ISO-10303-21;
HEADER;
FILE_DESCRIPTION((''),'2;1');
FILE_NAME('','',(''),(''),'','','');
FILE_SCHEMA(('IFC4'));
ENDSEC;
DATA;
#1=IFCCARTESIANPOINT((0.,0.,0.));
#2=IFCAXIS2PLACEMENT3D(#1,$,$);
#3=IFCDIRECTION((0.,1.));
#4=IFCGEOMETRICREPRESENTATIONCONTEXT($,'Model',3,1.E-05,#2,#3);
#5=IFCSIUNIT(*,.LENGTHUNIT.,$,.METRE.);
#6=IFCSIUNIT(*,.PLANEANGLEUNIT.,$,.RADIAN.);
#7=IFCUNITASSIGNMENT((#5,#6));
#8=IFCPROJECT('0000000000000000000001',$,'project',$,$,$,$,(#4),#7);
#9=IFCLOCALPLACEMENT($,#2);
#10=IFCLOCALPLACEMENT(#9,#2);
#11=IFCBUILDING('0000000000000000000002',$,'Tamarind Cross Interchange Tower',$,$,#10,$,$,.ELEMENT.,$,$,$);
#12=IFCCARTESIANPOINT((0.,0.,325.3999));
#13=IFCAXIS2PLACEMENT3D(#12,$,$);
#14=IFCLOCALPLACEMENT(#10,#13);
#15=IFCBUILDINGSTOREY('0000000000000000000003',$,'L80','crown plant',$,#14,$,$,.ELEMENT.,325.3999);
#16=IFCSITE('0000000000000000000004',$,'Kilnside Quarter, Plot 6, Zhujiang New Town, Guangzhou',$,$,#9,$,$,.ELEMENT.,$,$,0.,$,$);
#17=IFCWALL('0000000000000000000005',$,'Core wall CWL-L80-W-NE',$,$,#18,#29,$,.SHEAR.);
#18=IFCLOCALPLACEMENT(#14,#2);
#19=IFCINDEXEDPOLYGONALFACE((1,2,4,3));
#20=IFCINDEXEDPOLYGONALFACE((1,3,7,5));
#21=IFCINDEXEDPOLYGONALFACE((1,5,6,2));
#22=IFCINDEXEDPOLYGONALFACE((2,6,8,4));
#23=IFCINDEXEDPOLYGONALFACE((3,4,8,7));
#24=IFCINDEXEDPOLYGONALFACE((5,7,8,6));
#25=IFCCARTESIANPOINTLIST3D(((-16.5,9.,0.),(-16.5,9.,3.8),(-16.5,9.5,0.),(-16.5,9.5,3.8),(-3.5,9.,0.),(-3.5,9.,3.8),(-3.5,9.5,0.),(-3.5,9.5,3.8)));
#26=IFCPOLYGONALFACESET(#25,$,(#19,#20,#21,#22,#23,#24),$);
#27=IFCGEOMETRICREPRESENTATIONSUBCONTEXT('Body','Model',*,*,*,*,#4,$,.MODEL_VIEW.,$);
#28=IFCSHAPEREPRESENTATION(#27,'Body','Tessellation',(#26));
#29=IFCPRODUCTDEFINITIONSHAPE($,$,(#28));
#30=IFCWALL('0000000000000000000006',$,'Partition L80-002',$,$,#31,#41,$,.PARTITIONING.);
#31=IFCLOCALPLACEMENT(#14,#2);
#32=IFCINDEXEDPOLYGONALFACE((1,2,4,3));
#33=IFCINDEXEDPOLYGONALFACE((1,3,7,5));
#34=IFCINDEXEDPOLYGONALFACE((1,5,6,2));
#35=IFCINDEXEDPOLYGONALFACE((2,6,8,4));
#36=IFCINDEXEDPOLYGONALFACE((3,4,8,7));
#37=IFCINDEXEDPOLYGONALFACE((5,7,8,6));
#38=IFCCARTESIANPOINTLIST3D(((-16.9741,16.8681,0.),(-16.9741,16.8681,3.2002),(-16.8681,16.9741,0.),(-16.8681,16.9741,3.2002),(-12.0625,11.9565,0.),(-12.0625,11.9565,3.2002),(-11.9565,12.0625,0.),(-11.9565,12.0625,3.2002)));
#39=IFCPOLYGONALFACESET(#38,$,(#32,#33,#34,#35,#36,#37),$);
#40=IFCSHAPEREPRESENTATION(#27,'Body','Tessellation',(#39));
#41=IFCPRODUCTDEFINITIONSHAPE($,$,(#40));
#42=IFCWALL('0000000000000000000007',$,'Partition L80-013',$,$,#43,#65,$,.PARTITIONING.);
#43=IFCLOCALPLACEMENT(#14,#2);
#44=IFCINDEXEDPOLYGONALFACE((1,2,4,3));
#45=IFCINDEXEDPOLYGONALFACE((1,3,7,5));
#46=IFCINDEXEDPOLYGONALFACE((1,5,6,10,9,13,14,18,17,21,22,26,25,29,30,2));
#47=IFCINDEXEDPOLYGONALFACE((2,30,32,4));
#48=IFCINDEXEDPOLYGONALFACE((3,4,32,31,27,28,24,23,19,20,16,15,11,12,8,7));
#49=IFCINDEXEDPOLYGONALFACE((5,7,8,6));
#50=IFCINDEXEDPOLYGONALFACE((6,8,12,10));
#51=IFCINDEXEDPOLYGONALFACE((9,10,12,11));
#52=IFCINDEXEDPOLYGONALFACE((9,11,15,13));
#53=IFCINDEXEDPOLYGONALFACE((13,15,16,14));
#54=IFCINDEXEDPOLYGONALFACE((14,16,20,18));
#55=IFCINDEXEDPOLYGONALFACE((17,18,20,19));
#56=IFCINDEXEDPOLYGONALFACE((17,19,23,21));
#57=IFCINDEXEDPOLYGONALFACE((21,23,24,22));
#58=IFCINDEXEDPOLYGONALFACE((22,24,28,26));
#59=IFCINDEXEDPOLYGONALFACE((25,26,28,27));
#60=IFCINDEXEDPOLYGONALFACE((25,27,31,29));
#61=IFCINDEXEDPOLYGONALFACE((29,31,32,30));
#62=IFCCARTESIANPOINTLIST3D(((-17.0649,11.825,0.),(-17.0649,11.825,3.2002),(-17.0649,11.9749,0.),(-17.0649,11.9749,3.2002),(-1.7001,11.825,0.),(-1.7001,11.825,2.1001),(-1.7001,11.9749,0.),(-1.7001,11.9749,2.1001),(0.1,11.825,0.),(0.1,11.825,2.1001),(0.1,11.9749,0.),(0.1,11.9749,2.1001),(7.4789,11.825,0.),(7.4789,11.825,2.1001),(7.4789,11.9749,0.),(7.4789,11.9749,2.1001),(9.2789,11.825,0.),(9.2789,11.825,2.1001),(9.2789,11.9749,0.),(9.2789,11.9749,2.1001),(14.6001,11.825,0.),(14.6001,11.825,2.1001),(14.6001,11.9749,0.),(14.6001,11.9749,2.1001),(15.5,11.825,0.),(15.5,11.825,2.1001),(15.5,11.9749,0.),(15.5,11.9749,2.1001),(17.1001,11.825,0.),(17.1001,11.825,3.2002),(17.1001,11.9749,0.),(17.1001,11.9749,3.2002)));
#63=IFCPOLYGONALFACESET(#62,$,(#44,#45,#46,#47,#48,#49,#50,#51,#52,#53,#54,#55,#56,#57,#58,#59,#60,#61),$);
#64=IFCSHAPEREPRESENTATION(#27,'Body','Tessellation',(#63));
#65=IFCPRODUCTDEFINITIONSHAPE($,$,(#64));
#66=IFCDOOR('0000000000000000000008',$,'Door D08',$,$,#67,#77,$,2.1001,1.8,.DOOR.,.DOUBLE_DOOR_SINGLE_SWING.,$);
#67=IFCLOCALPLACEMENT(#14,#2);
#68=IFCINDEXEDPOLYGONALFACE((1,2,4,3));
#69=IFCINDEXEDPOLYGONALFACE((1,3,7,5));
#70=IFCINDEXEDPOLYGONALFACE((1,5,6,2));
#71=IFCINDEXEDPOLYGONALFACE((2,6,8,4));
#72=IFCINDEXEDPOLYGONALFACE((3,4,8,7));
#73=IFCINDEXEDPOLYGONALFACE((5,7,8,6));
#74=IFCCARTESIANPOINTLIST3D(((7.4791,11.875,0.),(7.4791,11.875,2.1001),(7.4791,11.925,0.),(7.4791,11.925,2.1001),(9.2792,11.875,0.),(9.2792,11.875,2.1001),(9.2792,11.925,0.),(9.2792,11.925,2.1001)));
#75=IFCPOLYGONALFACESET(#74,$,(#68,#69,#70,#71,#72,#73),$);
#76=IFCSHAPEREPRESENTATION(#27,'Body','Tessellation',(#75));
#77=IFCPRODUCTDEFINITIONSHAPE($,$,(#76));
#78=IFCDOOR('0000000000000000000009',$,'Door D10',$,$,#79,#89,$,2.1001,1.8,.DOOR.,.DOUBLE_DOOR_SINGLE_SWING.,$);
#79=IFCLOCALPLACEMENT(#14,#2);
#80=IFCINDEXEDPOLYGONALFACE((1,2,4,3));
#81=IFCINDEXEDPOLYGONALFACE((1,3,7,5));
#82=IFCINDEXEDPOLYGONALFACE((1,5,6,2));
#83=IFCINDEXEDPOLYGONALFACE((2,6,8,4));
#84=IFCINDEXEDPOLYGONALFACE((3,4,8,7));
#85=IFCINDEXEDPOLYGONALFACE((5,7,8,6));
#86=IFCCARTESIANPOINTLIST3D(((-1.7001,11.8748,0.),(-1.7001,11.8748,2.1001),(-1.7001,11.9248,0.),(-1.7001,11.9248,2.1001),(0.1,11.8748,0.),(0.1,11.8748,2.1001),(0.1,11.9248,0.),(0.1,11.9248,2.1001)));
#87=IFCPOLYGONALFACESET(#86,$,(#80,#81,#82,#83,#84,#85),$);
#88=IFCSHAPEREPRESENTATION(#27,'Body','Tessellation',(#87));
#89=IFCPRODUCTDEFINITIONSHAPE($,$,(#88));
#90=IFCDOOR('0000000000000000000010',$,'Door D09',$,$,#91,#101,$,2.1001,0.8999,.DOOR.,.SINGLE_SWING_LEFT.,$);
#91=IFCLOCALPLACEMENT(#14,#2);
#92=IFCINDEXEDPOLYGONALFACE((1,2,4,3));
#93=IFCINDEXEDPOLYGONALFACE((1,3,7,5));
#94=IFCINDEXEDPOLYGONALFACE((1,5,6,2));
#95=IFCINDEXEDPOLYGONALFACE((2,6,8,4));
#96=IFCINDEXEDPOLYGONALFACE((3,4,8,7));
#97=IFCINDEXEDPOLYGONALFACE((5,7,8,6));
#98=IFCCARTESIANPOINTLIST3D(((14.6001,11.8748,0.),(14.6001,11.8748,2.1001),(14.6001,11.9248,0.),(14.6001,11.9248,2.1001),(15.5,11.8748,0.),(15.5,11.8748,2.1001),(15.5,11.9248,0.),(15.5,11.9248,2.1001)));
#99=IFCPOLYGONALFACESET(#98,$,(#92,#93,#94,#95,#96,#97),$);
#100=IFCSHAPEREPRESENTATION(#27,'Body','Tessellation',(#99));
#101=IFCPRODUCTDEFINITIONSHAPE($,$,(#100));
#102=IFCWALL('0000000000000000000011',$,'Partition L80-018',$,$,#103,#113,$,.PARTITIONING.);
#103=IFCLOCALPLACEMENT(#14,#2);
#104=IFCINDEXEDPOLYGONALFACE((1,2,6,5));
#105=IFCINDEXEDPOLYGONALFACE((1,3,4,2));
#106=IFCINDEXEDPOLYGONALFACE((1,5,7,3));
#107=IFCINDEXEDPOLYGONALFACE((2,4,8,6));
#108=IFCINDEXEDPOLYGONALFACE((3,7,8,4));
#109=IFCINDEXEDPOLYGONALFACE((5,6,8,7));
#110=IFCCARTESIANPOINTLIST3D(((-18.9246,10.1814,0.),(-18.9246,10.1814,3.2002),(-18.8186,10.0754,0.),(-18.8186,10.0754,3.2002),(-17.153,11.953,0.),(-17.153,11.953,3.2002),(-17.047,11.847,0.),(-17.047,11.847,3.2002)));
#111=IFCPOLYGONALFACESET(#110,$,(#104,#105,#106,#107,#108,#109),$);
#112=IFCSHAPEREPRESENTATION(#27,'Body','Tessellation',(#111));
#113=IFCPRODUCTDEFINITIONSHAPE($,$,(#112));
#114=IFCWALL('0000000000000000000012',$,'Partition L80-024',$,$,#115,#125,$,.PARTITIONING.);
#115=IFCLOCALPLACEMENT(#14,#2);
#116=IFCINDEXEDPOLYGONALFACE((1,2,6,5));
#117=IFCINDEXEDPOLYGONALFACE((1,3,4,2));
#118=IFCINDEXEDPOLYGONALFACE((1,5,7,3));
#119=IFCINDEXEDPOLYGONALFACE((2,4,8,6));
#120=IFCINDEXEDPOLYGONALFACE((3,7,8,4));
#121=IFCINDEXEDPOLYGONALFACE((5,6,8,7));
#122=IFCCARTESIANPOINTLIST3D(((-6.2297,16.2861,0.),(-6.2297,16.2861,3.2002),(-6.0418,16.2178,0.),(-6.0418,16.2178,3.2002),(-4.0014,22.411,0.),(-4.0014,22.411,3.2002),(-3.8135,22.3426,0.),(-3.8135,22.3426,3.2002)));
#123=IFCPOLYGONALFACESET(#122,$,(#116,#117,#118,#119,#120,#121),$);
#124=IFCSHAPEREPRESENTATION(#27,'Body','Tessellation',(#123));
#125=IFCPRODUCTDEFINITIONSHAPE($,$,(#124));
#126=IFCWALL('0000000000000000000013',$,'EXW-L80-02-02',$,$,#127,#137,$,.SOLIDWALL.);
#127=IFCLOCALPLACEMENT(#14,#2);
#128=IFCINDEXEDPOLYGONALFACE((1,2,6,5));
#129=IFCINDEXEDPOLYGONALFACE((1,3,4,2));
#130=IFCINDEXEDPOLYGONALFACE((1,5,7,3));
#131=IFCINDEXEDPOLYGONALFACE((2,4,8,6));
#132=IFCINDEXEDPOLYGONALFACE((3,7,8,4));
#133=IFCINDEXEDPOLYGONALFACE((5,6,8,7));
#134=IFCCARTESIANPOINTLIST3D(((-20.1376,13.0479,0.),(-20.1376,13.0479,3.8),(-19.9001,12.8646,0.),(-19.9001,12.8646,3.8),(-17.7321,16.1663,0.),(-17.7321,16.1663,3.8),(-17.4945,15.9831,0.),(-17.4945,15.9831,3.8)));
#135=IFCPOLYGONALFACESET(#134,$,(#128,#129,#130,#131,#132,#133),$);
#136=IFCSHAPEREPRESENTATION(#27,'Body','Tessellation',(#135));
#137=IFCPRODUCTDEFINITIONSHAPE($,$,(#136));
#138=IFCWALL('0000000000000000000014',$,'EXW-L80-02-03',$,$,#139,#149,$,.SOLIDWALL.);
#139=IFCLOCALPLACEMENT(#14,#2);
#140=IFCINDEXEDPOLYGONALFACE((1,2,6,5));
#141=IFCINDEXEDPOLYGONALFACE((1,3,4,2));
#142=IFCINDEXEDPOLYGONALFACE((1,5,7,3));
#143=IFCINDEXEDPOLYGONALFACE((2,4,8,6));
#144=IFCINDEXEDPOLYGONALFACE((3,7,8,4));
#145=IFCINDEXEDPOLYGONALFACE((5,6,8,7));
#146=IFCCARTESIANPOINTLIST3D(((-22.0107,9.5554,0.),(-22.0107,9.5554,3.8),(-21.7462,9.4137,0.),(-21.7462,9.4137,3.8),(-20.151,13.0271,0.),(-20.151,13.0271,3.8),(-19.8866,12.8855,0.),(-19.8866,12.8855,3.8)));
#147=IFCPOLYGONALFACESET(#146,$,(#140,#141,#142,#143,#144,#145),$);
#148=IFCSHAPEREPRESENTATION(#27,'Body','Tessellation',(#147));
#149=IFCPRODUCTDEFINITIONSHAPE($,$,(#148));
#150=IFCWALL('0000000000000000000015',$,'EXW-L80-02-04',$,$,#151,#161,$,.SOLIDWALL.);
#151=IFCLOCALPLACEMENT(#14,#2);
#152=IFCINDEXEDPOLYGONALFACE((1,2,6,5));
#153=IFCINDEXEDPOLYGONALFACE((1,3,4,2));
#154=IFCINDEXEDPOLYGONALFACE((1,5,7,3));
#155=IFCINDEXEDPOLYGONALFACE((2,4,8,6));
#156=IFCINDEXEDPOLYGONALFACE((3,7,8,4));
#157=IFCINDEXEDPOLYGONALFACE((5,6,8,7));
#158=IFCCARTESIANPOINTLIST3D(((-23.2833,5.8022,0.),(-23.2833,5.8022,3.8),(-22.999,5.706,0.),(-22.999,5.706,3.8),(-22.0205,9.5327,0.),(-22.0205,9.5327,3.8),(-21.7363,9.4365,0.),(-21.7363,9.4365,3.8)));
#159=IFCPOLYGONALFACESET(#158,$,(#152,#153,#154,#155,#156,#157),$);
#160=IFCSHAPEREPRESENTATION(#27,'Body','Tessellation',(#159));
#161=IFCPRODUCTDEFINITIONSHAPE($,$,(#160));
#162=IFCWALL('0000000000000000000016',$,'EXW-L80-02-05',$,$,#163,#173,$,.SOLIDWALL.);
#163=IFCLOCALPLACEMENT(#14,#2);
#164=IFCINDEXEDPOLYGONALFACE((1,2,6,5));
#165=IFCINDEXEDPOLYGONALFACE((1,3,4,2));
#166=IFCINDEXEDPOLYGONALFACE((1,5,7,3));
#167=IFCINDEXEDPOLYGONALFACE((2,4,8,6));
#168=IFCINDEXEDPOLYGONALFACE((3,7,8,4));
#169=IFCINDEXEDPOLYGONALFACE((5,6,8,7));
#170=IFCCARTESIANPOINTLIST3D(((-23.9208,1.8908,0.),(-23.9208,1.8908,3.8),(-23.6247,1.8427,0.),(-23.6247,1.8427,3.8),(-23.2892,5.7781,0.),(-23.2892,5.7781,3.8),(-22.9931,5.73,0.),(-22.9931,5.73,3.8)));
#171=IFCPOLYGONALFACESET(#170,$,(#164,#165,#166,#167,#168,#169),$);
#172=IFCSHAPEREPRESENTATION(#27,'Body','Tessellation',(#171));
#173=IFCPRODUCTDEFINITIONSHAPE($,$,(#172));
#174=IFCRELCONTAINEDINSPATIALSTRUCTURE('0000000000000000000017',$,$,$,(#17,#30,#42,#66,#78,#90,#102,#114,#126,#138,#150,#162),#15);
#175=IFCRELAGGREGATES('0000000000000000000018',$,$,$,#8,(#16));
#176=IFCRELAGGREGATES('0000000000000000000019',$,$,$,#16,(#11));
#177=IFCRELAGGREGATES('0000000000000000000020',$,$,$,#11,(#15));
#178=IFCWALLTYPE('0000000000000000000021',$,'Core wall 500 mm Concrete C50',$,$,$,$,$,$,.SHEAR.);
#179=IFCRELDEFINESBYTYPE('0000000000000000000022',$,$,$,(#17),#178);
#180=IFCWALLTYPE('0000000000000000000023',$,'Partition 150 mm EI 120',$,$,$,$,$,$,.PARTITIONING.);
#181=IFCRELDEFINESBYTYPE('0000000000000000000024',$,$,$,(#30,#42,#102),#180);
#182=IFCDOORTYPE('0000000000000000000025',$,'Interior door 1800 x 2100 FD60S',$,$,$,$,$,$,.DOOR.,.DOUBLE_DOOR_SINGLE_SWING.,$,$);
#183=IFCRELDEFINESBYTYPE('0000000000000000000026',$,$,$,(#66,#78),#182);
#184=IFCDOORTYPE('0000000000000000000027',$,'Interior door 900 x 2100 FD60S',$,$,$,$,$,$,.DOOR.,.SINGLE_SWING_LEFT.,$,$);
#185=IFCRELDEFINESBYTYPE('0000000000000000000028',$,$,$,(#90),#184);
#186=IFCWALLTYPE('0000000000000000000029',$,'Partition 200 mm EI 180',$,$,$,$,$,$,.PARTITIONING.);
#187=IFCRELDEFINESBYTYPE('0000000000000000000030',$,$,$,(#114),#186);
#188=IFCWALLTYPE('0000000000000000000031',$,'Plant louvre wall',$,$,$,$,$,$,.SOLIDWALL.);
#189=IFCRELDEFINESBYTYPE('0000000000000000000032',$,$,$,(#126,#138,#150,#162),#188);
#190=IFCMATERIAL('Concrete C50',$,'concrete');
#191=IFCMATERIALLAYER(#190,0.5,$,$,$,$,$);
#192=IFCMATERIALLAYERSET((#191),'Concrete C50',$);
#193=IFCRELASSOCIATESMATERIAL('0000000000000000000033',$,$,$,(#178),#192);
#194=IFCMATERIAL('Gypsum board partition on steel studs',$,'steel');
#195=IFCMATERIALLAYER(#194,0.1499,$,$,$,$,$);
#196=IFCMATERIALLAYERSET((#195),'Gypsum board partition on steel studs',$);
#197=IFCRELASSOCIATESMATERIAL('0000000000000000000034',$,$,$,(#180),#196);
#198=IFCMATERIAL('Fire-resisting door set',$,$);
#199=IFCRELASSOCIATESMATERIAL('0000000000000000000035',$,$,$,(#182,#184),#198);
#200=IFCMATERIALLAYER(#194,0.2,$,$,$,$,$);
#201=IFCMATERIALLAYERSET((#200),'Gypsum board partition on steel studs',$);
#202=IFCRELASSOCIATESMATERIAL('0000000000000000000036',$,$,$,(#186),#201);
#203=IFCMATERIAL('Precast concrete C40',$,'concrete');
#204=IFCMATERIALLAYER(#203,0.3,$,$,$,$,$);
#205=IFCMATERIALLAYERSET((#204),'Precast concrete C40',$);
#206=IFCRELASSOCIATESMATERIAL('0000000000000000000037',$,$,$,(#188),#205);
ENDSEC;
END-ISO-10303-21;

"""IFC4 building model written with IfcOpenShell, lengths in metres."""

from ifc_helpers import new_model, si_unit, direction, frame, frame_2d, origin, place, context, subcontext, project, spatial, rectangle, extrude, material, layer, layer_set, type_object, element, fill, save


model = new_model("IFC4")

# Units and contexts
model_context = context("Model", 3, precision=1e-05, world=origin(), true_north=direction((0.0, 1.0)))
body_context = subcontext(model_context, "Body", "Model", "MODEL_VIEW")
ifc_project = project(units=[si_unit("LENGTHUNIT", "METRE"), si_unit("PLANEANGLEUNIT", "RADIAN")], contexts=[model_context])

# Site, building, storey
site_placement = place(None, origin())
site = spatial("IfcSite", under=ifc_project, at=site_placement, Name="Kilnside Quarter, Plot 6, Zhujiang New Town, Guangzhou", CompositionType="ELEMENT", RefElevation=0.0)
building_placement = place(site_placement, origin())
building = spatial("IfcBuilding", under=site, at=building_placement, Name="Tamarind Cross Interchange Tower", CompositionType="ELEMENT")
storey_placement = place(building_placement, frame((0.0, 0.0, 325.3999)))
storey = spatial("IfcBuildingStorey", under=building, at=storey_placement, Name="L80", Description="crown plant", CompositionType="ELEMENT", Elevation=325.3999)

# Walls
ifc_material_1 = material(Name="Concrete C50", Category="concrete")
ifc_layer_1 = layer(ifc_material_1, 0.5)
ifc_layer_set_1 = layer_set([ifc_layer_1], Name="Concrete C50")
wall_type_1 = type_object("IfcWallType", Name="Core wall 500 mm Concrete C50", PredefinedType="SHEAR", material=ifc_layer_set_1)
wall_1_placement = place(storey_placement, frame((-16.5, 9.25, 0.0), z_axis=(0.0, 0.0, 1.0), x_axis=(1.0, 0.0, 0.0)))
element("IfcWall", 1, at=wall_1_placement, inside=storey, type_object=wall_type_1, Name="Core wall CWL-L80-W-NE", PredefinedType="SHEAR", context=body_context, shape_type="SweptSolid", body=[
    extrude(rectangle(XDim=13.0, YDim=0.5, at=frame_2d((6.5, 0.0))), origin(), (0.0, 0.0, 1.0), 3.8),
])
ifc_material_2 = material(Name="Gypsum board partition on steel studs", Category="steel")
ifc_layer_2 = layer(ifc_material_2, 0.1499)
ifc_layer_set_2 = layer_set([ifc_layer_2], Name="Gypsum board partition on steel studs")
wall_type_2 = type_object("IfcWallType", Name="Partition 150 mm EI 120", PredefinedType="PARTITIONING", material=ifc_layer_set_2)
wall_2_placement = place(storey_placement, frame((-16.9211, 16.9211, 0.0), z_axis=(0.0, 0.0, 1.0), x_axis=(0.707107, -0.707107, 0.0)))
element("IfcWall", 2, at=wall_2_placement, inside=storey, type_object=wall_type_2, Name="Partition L80-002", PredefinedType="PARTITIONING", context=body_context, shape_type="SweptSolid", body=[
    extrude(rectangle(XDim=6.946, YDim=0.1499, at=frame_2d((3.4731, 0.0))), origin(), (0.0, 0.0, 1.0), 3.2002),
])

# Wall, openings, doors
wall_3_placement = place(storey_placement, frame((-17.0649, 11.8999, 0.0), z_axis=(0.0, 0.0, 1.0), x_axis=(1.0, 0.0, 0.0)))
wall_3 = element("IfcWall", 3, at=wall_3_placement, inside=storey, type_object=wall_type_2, Name="Partition L80-013", PredefinedType="PARTITIONING", context=body_context, shape_type="SweptSolid", body=[
    extrude(rectangle(XDim=34.165, YDim=0.1499, at=frame_2d((17.0825, 0.0))), origin(), (0.0, 0.0, 1.0), 3.2002),
])
opening_1_placement = place(wall_3_placement, frame((24.5439, 0.0, 0.0)))
opening_1 = element("IfcOpeningElement", 4, at=opening_1_placement, cuts=wall_3, PredefinedType="OPENING", context=body_context, shape_type="SweptSolid", body=[
    extrude(rectangle(XDim=1.8, YDim=2.1001, at=frame_2d((0.8999, 1.05))), frame((0.0, 0.085, 0.0), z_axis=(0.0, -1.0, 0.0), x_axis=(1.0, 0.0, 0.0)), (0.0, 0.0, 1.0), 0.1699),
])
opening_2_placement = place(wall_3_placement, frame((31.665, 0.0, 0.0)))
opening_2 = element("IfcOpeningElement", 5, at=opening_2_placement, cuts=wall_3, PredefinedType="OPENING", context=body_context, shape_type="SweptSolid", body=[
    extrude(rectangle(XDim=0.8999, YDim=2.1001, at=frame_2d((0.45, 1.05))), frame((0.0, 0.085, 0.0), z_axis=(0.0, -1.0, 0.0), x_axis=(1.0, 0.0, 0.0)), (0.0, 0.0, 1.0), 0.1699),
])
opening_3_placement = place(wall_3_placement, frame((15.365, 0.0, 0.0)))
opening_3 = element("IfcOpeningElement", 6, at=opening_3_placement, cuts=wall_3, PredefinedType="OPENING", context=body_context, shape_type="SweptSolid", body=[
    extrude(rectangle(XDim=1.8, YDim=2.1001, at=frame_2d((0.8999, 1.05))), frame((0.0, 0.085, 0.0), z_axis=(0.0, -1.0, 0.0), x_axis=(1.0, 0.0, 0.0)), (0.0, 0.0, 1.0), 0.1699),
])
ifc_material_3 = material(Name="Fire-resisting door set")
door_type_1 = type_object("IfcDoorType", Name="Interior door 1800 x 2100 FD60S", OperationType="DOUBLE_DOOR_SINGLE_SWING", PredefinedType="DOOR", material=ifc_material_3)
door_1_placement = place(opening_1_placement, frame((1.8, 0.0, 0.0), z_axis=(0.0, 0.0, 1.0), x_axis=(-1.0, 0.0, 0.0)))
door_1 = element("IfcDoor", 7, at=door_1_placement, inside=storey, type_object=door_type_1, Name="Door D08", OperationType="DOUBLE_DOOR_SINGLE_SWING", OverallHeight=2.1001, OverallWidth=1.8, PredefinedType="DOOR", context=body_context, shape_type="SweptSolid", body=[
    extrude(rectangle(XDim=1.8, YDim=2.1001, at=frame_2d((0.8999, 1.05))), frame((0.0, 0.0249, 0.0), z_axis=(0.0, -1.0, 0.0), x_axis=(1.0, 0.0, 0.0)), (0.0, 0.0, 1.0), 0.05),
])
fill(opening_1, door_1)
door_2_placement = place(opening_3_placement, origin())
door_2 = element("IfcDoor", 8, at=door_2_placement, inside=storey, type_object=door_type_1, Name="Door D10", OperationType="DOUBLE_DOOR_SINGLE_SWING", OverallHeight=2.1001, OverallWidth=1.8, PredefinedType="DOOR", context=body_context, shape_type="SweptSolid", body=[
    extrude(rectangle(XDim=1.8, YDim=2.1001, at=frame_2d((0.8999, 1.05))), frame((0.0, 0.0249, 0.0), z_axis=(0.0, -1.0, 0.0), x_axis=(1.0, 0.0, 0.0)), (0.0, 0.0, 1.0), 0.05),
])
fill(opening_3, door_2)
door_type_2 = type_object("IfcDoorType", Name="Interior door 900 x 2100 FD60S", OperationType="SINGLE_SWING_LEFT", PredefinedType="DOOR", material=ifc_material_3)
door_3_placement = place(opening_2_placement, origin())
door_3 = element("IfcDoor", 9, at=door_3_placement, inside=storey, type_object=door_type_2, Name="Door D09", OperationType="SINGLE_SWING_LEFT", OverallHeight=2.1001, OverallWidth=0.8999, PredefinedType="DOOR", context=body_context, shape_type="SweptSolid", body=[
    extrude(rectangle(XDim=0.8999, YDim=2.1001, at=frame_2d((0.45, 1.05))), frame((0.0, 0.0249, 0.0), z_axis=(0.0, -1.0, 0.0), x_axis=(1.0, 0.0, 0.0)), (0.0, 0.0, 1.0), 0.05),
])
fill(opening_2, door_3)

# Walls
wall_4_placement = place(storey_placement, frame((-18.8716, 10.1284, 0.0), z_axis=(0.0, 0.0, 1.0), x_axis=(0.707107, 0.707107, 0.0)))
element("IfcWall", 10, at=wall_4_placement, inside=storey, type_object=wall_type_2, Name="Partition L80-018", PredefinedType="PARTITIONING", context=body_context, shape_type="SweptSolid", body=[
    extrude(rectangle(XDim=2.5054, YDim=0.1499, at=frame_2d((1.2527, 0.0))), origin(), (0.0, 0.0, 1.0), 3.2002),
])
ifc_layer_3 = layer(ifc_material_2, 0.2)
ifc_layer_set_3 = layer_set([ifc_layer_3], Name="Gypsum board partition on steel studs")
wall_type_3 = type_object("IfcWallType", Name="Partition 200 mm EI 180", PredefinedType="PARTITIONING", material=ifc_layer_set_3)
wall_5_placement = place(storey_placement, frame((-6.1357, 16.252, 0.0), z_axis=(0.0, 0.0, 1.0), x_axis=(0.34189, 0.93974, 0.0)))
element("IfcWall", 11, at=wall_5_placement, inside=storey, type_object=wall_type_3, Name="Partition L80-024", PredefinedType="PARTITIONING", context=body_context, shape_type="SweptSolid", body=[
    extrude(rectangle(XDim=6.5176, YDim=0.2, at=frame_2d((3.2588, 0.0))), origin(), (0.0, 0.0, 1.0), 3.2002),
])
ifc_material_4 = material(Name="Precast concrete C40", Category="concrete")
ifc_layer_4 = layer(ifc_material_4, 0.3)
ifc_layer_set_4 = layer_set([ifc_layer_4], Name="Precast concrete C40")
wall_type_4 = type_object("IfcWallType", Name="Plant louvre wall", PredefinedType="SOLIDWALL", material=ifc_layer_set_4)
for number, where, z_axis, x_axis, name in (
    (12, (-17.6133, 16.0747, 0.0), (0.0, 0.0, 1.0), (-0.610786, -0.791796, 0.0), "EXW-L80-02-02"),
    (13, (-20.0188, 12.9563, 0.0), (0.0, 0.0, 1.0), (-0.47218, -0.881502, 0.0), "EXW-L80-02-03"),
    (14, (-21.8784, 9.4846, 0.0), (0.0, 0.0, 1.0), (-0.320613, -0.94721, 0.0), "EXW-L80-02-04"),
):
    element("IfcWall", number, at=place(storey_placement, frame(where, z_axis=z_axis, x_axis=x_axis)), inside=storey, type_object=wall_type_4, Name=name, PredefinedType="SOLIDWALL", context=body_context, shape_type="SweptSolid", body=[
        extrude(rectangle(XDim=3.9385, YDim=0.3, at=frame_2d((1.9692, 0.0))), origin(), (0.0, 0.0, 1.0), 3.8),
    ])
wall_6_placement = place(storey_placement, frame((-23.1411, 5.7542, 0.0), z_axis=(0.0, 0.0, 1.0), x_axis=(-0.160376, -0.987056, 0.0)))
element("IfcWall", 15, at=wall_6_placement, inside=storey, type_object=wall_type_4, Name="EXW-L80-02-05", PredefinedType="SOLIDWALL", context=body_context, shape_type="SweptSolid", body=[
    extrude(rectangle(XDim=3.9382, YDim=0.3, at=frame_2d((1.9692, 0.0))), origin(), (0.0, 0.0, 1.0), 3.8),
])

save(model, "model.ifc")
